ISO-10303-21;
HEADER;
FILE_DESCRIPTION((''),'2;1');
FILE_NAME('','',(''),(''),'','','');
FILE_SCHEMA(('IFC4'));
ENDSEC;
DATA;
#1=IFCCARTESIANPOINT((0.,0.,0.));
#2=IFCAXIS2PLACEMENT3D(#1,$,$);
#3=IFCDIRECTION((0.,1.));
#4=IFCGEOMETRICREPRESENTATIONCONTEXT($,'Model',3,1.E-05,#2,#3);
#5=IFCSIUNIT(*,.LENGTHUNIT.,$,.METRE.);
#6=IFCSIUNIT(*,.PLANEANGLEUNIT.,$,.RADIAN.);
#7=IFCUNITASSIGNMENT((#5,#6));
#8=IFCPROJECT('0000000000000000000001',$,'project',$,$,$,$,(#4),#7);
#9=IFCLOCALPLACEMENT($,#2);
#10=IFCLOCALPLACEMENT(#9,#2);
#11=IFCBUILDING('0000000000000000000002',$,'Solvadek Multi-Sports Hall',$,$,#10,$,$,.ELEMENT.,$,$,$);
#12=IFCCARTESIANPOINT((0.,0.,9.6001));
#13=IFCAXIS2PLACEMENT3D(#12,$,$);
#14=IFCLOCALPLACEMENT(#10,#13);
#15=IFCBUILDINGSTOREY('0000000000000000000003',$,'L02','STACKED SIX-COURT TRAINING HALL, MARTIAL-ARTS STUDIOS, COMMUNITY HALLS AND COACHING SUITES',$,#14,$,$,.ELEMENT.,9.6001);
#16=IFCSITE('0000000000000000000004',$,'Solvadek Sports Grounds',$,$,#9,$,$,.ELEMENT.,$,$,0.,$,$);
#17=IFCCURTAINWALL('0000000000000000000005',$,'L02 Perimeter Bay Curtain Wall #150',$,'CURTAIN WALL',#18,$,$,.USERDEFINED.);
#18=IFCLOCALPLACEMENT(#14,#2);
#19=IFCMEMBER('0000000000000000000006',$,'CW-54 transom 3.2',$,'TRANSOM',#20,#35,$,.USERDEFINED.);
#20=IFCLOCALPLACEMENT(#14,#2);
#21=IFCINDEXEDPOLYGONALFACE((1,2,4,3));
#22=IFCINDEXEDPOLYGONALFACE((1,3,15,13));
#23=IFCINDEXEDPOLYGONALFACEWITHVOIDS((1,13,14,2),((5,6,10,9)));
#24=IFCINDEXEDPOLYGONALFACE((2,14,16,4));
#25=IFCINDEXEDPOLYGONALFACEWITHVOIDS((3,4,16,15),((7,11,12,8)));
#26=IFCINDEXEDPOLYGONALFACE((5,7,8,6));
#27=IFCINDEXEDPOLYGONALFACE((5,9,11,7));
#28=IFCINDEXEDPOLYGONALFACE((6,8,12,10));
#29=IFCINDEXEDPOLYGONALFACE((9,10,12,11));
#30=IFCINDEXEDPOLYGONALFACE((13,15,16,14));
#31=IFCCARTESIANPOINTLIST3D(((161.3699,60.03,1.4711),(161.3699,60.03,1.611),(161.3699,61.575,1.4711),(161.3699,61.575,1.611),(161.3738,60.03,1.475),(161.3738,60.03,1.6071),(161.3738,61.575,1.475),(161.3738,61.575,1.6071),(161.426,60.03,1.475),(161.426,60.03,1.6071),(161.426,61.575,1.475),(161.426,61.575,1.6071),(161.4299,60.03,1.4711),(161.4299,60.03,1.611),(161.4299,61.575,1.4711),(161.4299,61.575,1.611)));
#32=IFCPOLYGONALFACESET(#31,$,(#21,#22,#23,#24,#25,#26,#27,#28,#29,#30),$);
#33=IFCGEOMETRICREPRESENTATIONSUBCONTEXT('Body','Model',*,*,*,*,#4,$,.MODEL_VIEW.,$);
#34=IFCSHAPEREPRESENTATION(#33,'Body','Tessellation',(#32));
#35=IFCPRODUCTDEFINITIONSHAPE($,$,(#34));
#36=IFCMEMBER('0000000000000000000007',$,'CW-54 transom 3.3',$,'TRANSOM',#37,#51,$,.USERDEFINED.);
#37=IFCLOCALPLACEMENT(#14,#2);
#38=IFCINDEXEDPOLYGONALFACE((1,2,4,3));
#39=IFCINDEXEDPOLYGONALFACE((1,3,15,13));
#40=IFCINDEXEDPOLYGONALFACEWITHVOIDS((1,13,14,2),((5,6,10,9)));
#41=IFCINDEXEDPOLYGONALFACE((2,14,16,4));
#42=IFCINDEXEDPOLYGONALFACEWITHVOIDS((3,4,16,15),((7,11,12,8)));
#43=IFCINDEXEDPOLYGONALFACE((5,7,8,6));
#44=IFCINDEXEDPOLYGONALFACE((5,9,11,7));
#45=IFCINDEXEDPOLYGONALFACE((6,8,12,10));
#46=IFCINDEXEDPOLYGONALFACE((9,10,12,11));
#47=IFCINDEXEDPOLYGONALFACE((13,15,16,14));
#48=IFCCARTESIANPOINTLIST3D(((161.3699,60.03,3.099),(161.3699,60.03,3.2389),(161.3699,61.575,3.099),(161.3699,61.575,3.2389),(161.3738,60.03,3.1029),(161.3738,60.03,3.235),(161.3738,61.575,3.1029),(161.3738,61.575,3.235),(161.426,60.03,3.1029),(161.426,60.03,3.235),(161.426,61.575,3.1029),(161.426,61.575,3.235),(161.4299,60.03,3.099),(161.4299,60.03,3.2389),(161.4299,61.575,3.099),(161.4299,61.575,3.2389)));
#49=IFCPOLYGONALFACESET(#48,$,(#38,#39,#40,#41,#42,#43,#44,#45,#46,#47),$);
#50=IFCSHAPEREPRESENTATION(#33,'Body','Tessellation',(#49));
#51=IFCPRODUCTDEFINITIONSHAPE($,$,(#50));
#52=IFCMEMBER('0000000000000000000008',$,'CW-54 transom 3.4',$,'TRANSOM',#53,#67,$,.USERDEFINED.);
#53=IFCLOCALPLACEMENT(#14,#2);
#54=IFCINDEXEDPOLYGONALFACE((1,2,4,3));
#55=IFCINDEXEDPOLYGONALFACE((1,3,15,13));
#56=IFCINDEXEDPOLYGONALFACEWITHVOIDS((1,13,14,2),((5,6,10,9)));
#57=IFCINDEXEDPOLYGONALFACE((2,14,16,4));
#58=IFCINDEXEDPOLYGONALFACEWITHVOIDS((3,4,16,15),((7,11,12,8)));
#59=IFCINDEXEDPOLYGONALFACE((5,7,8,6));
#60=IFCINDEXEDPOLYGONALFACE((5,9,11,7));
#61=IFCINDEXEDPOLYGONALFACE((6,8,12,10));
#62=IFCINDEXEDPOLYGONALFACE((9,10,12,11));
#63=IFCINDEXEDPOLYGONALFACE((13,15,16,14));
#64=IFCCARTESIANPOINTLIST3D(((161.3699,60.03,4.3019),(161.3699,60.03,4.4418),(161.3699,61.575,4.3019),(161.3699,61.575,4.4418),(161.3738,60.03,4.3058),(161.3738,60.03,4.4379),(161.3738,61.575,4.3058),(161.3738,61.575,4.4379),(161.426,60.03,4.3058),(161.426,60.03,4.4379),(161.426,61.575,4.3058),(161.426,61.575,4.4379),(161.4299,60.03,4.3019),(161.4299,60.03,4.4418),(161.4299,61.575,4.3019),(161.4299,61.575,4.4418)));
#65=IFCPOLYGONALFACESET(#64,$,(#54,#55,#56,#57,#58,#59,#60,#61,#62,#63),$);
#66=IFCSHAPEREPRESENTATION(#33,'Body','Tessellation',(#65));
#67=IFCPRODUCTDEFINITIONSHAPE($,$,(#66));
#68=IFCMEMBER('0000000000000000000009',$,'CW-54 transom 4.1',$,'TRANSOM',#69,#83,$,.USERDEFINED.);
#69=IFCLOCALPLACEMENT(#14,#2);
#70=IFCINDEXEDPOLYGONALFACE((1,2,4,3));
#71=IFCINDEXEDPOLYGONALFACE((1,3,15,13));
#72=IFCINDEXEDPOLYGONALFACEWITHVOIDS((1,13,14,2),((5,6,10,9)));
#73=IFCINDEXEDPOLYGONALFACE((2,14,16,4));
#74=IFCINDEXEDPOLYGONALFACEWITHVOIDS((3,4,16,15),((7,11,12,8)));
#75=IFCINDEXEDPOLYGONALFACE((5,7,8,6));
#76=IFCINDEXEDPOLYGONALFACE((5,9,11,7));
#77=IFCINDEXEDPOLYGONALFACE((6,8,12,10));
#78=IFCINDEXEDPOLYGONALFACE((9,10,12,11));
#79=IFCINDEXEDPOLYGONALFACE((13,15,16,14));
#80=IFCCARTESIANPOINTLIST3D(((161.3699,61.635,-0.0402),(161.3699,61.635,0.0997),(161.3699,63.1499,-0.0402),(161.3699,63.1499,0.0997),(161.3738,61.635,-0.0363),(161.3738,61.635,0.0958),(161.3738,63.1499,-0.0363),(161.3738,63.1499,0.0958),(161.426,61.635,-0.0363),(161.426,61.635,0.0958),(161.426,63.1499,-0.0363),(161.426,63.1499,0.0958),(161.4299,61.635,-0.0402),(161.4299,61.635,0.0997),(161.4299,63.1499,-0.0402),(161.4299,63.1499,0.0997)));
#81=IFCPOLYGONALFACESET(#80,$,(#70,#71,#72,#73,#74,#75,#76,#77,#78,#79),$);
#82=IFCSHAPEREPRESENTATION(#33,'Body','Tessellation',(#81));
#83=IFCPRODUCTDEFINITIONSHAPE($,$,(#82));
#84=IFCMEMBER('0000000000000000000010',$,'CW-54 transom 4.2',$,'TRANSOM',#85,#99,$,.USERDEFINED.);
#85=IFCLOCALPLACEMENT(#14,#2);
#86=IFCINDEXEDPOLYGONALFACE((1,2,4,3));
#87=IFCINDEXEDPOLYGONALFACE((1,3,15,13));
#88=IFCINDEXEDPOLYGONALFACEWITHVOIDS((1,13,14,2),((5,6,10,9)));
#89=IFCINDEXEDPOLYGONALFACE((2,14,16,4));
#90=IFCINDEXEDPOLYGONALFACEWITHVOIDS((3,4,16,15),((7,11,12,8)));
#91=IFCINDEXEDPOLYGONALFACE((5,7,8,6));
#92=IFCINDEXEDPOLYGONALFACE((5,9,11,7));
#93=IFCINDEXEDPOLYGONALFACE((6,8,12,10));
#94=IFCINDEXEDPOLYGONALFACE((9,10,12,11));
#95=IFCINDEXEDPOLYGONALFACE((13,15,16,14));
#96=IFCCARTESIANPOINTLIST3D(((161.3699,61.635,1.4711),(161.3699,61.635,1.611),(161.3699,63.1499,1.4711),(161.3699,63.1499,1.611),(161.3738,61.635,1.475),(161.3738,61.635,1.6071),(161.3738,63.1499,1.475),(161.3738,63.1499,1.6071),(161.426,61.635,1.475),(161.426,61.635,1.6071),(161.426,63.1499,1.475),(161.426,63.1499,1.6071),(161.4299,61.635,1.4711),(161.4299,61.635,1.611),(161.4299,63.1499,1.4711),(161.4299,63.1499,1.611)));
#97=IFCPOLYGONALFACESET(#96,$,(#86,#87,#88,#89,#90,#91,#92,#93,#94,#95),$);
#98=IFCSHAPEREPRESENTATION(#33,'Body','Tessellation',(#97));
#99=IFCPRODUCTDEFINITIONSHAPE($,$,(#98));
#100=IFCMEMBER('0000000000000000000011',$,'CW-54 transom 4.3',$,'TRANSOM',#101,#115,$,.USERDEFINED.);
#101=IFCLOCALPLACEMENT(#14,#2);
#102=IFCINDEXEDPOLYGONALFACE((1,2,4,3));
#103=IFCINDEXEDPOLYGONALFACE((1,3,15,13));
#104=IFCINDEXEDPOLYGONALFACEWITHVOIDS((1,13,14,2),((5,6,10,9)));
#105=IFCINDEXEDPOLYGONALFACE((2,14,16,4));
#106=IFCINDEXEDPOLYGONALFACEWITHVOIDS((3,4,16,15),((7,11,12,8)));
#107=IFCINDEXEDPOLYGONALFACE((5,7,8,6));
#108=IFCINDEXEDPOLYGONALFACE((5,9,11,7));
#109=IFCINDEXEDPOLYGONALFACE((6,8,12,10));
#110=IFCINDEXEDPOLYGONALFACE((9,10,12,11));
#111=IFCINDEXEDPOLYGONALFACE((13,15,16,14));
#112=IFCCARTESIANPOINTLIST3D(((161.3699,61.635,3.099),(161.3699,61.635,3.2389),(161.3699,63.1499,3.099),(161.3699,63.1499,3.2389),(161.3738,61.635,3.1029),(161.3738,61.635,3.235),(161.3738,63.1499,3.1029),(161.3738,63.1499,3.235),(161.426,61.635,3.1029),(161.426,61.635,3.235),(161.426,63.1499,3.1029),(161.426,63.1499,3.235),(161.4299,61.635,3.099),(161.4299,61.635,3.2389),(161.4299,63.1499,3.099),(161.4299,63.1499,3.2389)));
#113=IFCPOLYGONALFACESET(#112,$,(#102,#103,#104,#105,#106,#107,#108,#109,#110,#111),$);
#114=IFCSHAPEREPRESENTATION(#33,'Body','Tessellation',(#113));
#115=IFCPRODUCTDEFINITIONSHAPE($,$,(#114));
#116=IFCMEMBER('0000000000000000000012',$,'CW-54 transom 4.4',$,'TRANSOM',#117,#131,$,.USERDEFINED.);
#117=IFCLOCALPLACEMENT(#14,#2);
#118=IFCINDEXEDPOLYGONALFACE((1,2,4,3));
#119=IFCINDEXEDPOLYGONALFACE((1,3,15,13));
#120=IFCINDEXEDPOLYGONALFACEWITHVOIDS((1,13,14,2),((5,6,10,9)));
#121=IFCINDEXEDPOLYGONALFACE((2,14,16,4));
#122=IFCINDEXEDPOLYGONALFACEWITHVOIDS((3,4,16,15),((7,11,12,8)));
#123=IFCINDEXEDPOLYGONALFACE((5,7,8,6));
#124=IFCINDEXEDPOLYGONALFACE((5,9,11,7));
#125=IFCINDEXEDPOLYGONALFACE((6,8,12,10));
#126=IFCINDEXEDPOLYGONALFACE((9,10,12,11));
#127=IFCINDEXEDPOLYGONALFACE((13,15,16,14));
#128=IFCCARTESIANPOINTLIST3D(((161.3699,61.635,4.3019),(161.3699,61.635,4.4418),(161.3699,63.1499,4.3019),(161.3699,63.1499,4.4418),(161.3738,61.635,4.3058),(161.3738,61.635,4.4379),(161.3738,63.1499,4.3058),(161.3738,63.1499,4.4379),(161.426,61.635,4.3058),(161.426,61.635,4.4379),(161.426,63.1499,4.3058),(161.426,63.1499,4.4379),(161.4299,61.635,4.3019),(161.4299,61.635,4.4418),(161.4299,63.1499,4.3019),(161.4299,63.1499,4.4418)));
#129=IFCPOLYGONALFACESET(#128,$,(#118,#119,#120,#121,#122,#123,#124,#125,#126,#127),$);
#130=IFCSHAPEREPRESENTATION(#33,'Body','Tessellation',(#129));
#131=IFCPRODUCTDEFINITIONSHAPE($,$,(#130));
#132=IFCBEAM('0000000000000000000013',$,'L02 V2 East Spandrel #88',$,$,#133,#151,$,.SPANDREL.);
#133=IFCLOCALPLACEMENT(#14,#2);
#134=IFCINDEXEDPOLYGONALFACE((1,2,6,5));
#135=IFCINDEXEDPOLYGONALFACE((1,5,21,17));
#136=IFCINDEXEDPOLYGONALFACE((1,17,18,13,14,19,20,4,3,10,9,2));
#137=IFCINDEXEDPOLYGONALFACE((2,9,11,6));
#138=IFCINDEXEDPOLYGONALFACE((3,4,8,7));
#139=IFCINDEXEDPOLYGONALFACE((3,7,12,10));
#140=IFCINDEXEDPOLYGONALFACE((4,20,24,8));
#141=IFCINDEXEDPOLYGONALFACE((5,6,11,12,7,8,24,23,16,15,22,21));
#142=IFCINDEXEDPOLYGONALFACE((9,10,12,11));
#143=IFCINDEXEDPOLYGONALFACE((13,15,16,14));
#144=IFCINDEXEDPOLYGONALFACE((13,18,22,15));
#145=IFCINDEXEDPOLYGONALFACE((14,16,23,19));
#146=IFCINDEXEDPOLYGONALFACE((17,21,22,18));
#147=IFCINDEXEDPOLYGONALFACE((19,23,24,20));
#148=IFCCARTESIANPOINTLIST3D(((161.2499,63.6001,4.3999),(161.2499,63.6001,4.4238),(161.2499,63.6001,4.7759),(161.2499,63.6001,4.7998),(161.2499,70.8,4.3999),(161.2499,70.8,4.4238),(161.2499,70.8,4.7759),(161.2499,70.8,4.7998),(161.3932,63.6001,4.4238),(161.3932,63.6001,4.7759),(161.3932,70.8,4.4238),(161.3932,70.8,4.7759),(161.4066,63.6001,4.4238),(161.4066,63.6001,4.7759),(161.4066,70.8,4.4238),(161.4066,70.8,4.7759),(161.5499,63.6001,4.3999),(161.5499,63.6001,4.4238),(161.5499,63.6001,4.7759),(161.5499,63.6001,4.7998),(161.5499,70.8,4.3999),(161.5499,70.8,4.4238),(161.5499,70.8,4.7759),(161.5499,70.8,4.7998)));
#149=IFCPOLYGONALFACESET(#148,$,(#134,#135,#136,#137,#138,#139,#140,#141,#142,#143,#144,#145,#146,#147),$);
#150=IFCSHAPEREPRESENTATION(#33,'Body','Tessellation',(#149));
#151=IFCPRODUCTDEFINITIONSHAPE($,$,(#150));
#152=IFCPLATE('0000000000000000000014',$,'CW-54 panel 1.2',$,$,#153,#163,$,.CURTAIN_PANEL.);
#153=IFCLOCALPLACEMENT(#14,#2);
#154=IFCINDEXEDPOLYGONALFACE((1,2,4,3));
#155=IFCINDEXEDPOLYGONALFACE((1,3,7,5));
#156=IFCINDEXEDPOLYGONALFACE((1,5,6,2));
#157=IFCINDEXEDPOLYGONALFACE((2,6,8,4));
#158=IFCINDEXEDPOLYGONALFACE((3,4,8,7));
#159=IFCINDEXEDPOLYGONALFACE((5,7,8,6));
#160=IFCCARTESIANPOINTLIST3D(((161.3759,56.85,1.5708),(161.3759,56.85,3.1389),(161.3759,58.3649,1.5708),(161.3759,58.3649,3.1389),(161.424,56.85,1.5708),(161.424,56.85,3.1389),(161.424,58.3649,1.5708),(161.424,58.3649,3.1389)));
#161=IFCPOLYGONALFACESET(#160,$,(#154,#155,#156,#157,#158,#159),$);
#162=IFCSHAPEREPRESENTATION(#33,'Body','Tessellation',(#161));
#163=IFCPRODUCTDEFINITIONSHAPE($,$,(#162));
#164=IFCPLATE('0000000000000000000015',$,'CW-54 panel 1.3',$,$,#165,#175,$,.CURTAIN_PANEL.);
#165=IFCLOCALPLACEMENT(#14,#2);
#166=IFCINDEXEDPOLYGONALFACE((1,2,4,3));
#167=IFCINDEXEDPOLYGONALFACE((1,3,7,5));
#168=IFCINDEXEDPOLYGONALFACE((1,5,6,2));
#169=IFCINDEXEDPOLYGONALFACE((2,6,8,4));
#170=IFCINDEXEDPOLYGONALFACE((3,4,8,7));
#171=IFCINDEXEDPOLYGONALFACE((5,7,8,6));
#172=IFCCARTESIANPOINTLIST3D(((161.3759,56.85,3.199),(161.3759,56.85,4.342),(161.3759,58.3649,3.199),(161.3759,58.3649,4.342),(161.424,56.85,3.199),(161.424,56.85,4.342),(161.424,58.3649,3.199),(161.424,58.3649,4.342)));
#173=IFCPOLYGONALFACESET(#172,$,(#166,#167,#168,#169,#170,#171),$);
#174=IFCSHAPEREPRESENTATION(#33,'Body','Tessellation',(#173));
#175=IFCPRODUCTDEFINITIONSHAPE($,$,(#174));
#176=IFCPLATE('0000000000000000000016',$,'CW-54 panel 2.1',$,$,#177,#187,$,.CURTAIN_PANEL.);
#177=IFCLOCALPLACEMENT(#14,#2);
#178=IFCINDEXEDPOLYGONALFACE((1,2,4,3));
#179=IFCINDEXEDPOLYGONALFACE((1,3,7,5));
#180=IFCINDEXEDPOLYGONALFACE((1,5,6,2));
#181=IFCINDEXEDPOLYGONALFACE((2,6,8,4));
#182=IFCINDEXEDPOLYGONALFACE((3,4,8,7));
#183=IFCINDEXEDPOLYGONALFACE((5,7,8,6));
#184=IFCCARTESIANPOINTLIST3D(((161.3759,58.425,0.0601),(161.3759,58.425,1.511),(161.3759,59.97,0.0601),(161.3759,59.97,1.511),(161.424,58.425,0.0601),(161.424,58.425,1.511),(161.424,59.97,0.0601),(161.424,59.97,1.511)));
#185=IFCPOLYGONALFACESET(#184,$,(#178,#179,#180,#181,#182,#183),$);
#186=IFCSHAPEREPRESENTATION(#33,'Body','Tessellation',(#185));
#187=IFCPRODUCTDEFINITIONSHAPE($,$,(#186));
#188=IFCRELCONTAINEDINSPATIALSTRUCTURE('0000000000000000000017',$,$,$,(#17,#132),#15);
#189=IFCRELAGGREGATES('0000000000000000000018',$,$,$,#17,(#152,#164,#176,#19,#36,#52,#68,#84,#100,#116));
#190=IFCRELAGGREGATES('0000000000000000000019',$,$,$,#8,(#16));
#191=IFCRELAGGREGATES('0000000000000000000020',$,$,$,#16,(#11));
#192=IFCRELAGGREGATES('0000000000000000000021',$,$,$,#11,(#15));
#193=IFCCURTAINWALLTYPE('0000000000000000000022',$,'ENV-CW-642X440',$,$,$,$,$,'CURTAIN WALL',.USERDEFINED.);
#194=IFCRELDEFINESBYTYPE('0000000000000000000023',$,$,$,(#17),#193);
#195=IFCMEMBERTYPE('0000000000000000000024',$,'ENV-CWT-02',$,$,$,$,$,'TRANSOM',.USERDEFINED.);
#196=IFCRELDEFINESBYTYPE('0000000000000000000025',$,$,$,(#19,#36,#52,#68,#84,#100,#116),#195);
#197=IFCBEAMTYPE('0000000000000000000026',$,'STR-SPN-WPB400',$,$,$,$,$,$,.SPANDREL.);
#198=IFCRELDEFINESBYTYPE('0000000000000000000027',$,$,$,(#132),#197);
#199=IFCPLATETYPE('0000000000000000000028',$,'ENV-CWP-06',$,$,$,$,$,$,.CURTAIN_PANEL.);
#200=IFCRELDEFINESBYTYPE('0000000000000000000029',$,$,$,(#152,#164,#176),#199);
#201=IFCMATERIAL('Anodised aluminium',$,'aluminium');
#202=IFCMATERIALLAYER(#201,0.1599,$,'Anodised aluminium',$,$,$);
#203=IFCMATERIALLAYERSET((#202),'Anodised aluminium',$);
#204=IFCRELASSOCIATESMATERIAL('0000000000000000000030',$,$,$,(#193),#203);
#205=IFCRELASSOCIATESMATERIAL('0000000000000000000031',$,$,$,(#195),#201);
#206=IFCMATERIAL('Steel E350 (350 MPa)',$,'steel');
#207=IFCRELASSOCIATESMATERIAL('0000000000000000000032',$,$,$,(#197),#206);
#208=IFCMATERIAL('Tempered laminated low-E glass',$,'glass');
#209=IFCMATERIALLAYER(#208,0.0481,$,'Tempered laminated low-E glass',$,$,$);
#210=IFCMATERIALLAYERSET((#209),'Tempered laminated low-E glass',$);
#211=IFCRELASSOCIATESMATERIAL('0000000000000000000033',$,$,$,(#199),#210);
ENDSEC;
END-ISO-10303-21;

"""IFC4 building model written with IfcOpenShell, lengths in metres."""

from ifc_helpers import new_model, si_unit, direction, frame, origin, origin_2d, place, context, subcontext, project, spatial, rectangle, hollow_rectangle, i_section, extrude, material, layer, layer_set, material_profile, profile_set, type_object, element, aggregate, save


model = new_model("IFC4")

# Units and contexts
model_context = context("Model", 3, precision=1e-05, world=origin(), true_north=direction((0.0, 1.0)))
body_context = subcontext(model_context, "Body", "Model", "MODEL_VIEW")
ifc_project = project(units=[si_unit("LENGTHUNIT", "METRE"), si_unit("PLANEANGLEUNIT", "RADIAN")], contexts=[model_context])

# Site, building, storey
site_placement = place(None, origin())
site = spatial("IfcSite", under=ifc_project, at=site_placement, Name="Solvadek Sports Grounds", CompositionType="ELEMENT", RefElevation=0.0)
building_placement = place(site_placement, origin())
building = spatial("IfcBuilding", under=site, at=building_placement, Name="Solvadek Multi-Sports Hall", CompositionType="ELEMENT")
storey_placement = place(building_placement, frame((0.0, 0.0, 9.6001)))
storey = spatial("IfcBuildingStorey", under=building, at=storey_placement, Name="L02", Description="STACKED SIX-COURT TRAINING HALL, MARTIAL-ARTS STUDIOS, COMMUNITY HALLS AND COACHING SUITES", CompositionType="ELEMENT", Elevation=9.6001)

# Shared definitions
ifc_material_1 = material(Name="Steel E350 (350 MPa)", Category="steel")

# Curtain wall, members
ifc_material_2 = material(Name="Anodised aluminium", Category="aluminium")
ifc_layer_1 = layer(ifc_material_2, 0.1599, Name="Anodised aluminium")
ifc_layer_set_1 = layer_set([ifc_layer_1], Name="Anodised aluminium")
curtain_wall_type = type_object("IfcCurtainWallType", Name="ENV-CW-642X440", ElementType="CURTAIN WALL", PredefinedType="USERDEFINED", material=ifc_layer_set_1)
curtain_wall_placement = place(storey_placement, origin())
curtain_wall = element("IfcCurtainWall", 1, at=curtain_wall_placement, inside=storey, type_object=curtain_wall_type, Name="L02 Perimeter Bay Curtain Wall #150", ObjectType="CURTAIN WALL", PredefinedType="USERDEFINED")
ifc_material_profile_1 = material_profile(ifc_material_2, hollow_rectangle(XDim=0.0601, YDim=0.1399, WallThickness=0.0039, at=origin_2d()), Name="ALU-T 140x60x4")
ifc_profile_set_1 = profile_set([ifc_material_profile_1], Name="Anodised aluminium")
member_type_1 = type_object("IfcMemberType", Name="ENV-CWT-02", ElementType="TRANSOM", PredefinedType="USERDEFINED", material=ifc_profile_set_1)
member_1_placement = place(storey_placement, frame((161.3999, 60.03, 1.541), z_axis=(0.0, 1.0, 0.0), x_axis=(-1.0, 0.0, 0.0)))
member_1 = element("IfcMember", 2, at=member_1_placement, type_object=member_type_1, Name="CW-54 transom 3.2", ObjectType="TRANSOM", PredefinedType="USERDEFINED", context=body_context, shape_type="SweptSolid", body=[
    extrude(hollow_rectangle(XDim=0.0601, YDim=0.1399, WallThickness=0.0039, at=origin_2d()), origin(), (0.0, 0.0, 1.0), 1.5449),
])
member_2_placement = place(storey_placement, frame((161.3999, 60.03, 3.1689), z_axis=(0.0, 1.0, 0.0), x_axis=(-1.0, 0.0, 0.0)))
member_2 = element("IfcMember", 3, at=member_2_placement, type_object=member_type_1, Name="CW-54 transom 3.3", ObjectType="TRANSOM", PredefinedType="USERDEFINED", context=body_context, shape_type="SweptSolid", body=[
    extrude(hollow_rectangle(XDim=0.0601, YDim=0.1399, WallThickness=0.0039, at=origin_2d()), origin(), (0.0, 0.0, 1.0), 1.5449),
])
member_3_placement = place(storey_placement, frame((161.3999, 60.03, 4.3718), z_axis=(0.0, 1.0, 0.0), x_axis=(-1.0, 0.0, 0.0)))
member_3 = element("IfcMember", 4, at=member_3_placement, type_object=member_type_1, Name="CW-54 transom 3.4", ObjectType="TRANSOM", PredefinedType="USERDEFINED", context=body_context, shape_type="SweptSolid", body=[
    extrude(hollow_rectangle(XDim=0.0601, YDim=0.1399, WallThickness=0.0039, at=origin_2d()), origin(), (0.0, 0.0, 1.0), 1.5449),
])
member_4_placement = place(storey_placement, frame((161.3999, 61.635, 0.0298), z_axis=(0.0, 1.0, 0.0), x_axis=(-1.0, 0.0, 0.0)))
member_4 = element("IfcMember", 5, at=member_4_placement, type_object=member_type_1, Name="CW-54 transom 4.1", ObjectType="TRANSOM", PredefinedType="USERDEFINED", context=body_context, shape_type="SweptSolid", body=[
    extrude(hollow_rectangle(XDim=0.0601, YDim=0.1399, WallThickness=0.0039, at=origin_2d()), origin(), (0.0, 0.0, 1.0), 1.5149),
])
member_5_placement = place(storey_placement, frame((161.3999, 61.635, 1.541), z_axis=(0.0, 1.0, 0.0), x_axis=(-1.0, 0.0, 0.0)))
member_5 = element("IfcMember", 6, at=member_5_placement, type_object=member_type_1, Name="CW-54 transom 4.2", ObjectType="TRANSOM", PredefinedType="USERDEFINED", context=body_context, shape_type="SweptSolid", body=[
    extrude(hollow_rectangle(XDim=0.0601, YDim=0.1399, WallThickness=0.0039, at=origin_2d()), origin(), (0.0, 0.0, 1.0), 1.5149),
])
member_6_placement = place(storey_placement, frame((161.3999, 61.635, 3.1689), z_axis=(0.0, 1.0, 0.0), x_axis=(-1.0, 0.0, 0.0)))
member_6 = element("IfcMember", 7, at=member_6_placement, type_object=member_type_1, Name="CW-54 transom 4.3", ObjectType="TRANSOM", PredefinedType="USERDEFINED", context=body_context, shape_type="SweptSolid", body=[
    extrude(hollow_rectangle(XDim=0.0601, YDim=0.1399, WallThickness=0.0039, at=origin_2d()), origin(), (0.0, 0.0, 1.0), 1.5149),
])
member_7_placement = place(storey_placement, frame((161.3999, 61.635, 4.3718), z_axis=(0.0, 1.0, 0.0), x_axis=(-1.0, 0.0, 0.0)))
member_7 = element("IfcMember", 8, at=member_7_placement, type_object=member_type_1, Name="CW-54 transom 4.4", ObjectType="TRANSOM", PredefinedType="USERDEFINED", context=body_context, shape_type="SweptSolid", body=[
    extrude(hollow_rectangle(XDim=0.0601, YDim=0.1399, WallThickness=0.0039, at=origin_2d()), origin(), (0.0, 0.0, 1.0), 1.5149),
])

# Beam
ifc_material_profile_2 = material_profile(ifc_material_1, i_section(OverallWidth=0.3, OverallDepth=0.3999, WebThickness=0.0134, FlangeThickness=0.0239, at=origin_2d()), Name="WPB 400")
ifc_profile_set_2 = profile_set([ifc_material_profile_2], Name="Steel E350 (350 MPa)")
beam_type = type_object("IfcBeamType", Name="STR-SPN-WPB400", PredefinedType="SPANDREL", material=ifc_profile_set_2)
beam_placement = place(storey_placement, frame((161.3999, 63.6001, 4.5999), z_axis=(0.0, 1.0, 0.0), x_axis=(-1.0, 0.0, 0.0)))
element("IfcBeam", 9, at=beam_placement, inside=storey, type_object=beam_type, Name="L02 V2 East Spandrel #88", PredefinedType="SPANDREL", context=body_context, shape_type="SweptSolid", body=[
    extrude(i_section(OverallWidth=0.3, OverallDepth=0.3999, WebThickness=0.0134, FlangeThickness=0.0239, at=origin_2d()), origin(), (0.0, 0.0, 1.0), 7.2),
])

# Plates
ifc_material_3 = material(Name="Tempered laminated low-E glass", Category="glass")
ifc_layer_2 = layer(ifc_material_3, 0.0481, Name="Tempered laminated low-E glass")
ifc_layer_set_2 = layer_set([ifc_layer_2], Name="Tempered laminated low-E glass")
plate_type = type_object("IfcPlateType", Name="ENV-CWP-06", PredefinedType="CURTAIN_PANEL", material=ifc_layer_set_2)
plate_1_placement = place(storey_placement, frame((161.3999, 57.6074, 1.5708), z_axis=(0.0, 0.0, 1.0), x_axis=(0.0, 1.0, 0.0)))
plate_1 = element("IfcPlate", 10, at=plate_1_placement, type_object=plate_type, Name="CW-54 panel 1.2", PredefinedType="CURTAIN_PANEL", context=body_context, shape_type="SweptSolid", body=[
    extrude(rectangle(XDim=1.5149, YDim=0.0481, at=origin_2d()), origin(), (0.0, 0.0, 1.0), 1.5681),
])
plate_2_placement = place(storey_placement, frame((161.3999, 57.6074, 3.199), z_axis=(0.0, 0.0, 1.0), x_axis=(0.0, 1.0, 0.0)))
plate_2 = element("IfcPlate", 11, at=plate_2_placement, type_object=plate_type, Name="CW-54 panel 1.3", PredefinedType="CURTAIN_PANEL", context=body_context, shape_type="SweptSolid", body=[
    extrude(rectangle(XDim=1.5149, YDim=0.0481, at=origin_2d()), origin(), (0.0, 0.0, 1.0), 1.1431),
])
plate_3_placement = place(storey_placement, frame((161.3999, 59.1975, 0.0601), z_axis=(0.0, 0.0, 1.0), x_axis=(0.0, 1.0, 0.0)))
plate_3 = element("IfcPlate", 12, at=plate_3_placement, type_object=plate_type, Name="CW-54 panel 2.1", PredefinedType="CURTAIN_PANEL", context=body_context, shape_type="SweptSolid", body=[
    extrude(rectangle(XDim=1.5449, YDim=0.0481, at=origin_2d()), origin(), (0.0, 0.0, 1.0), 1.4509),
])
aggregate(curtain_wall, [plate_1, plate_2, plate_3, member_1, member_2, member_3, member_4, member_5, member_6, member_7])

save(model, "model.ifc")
